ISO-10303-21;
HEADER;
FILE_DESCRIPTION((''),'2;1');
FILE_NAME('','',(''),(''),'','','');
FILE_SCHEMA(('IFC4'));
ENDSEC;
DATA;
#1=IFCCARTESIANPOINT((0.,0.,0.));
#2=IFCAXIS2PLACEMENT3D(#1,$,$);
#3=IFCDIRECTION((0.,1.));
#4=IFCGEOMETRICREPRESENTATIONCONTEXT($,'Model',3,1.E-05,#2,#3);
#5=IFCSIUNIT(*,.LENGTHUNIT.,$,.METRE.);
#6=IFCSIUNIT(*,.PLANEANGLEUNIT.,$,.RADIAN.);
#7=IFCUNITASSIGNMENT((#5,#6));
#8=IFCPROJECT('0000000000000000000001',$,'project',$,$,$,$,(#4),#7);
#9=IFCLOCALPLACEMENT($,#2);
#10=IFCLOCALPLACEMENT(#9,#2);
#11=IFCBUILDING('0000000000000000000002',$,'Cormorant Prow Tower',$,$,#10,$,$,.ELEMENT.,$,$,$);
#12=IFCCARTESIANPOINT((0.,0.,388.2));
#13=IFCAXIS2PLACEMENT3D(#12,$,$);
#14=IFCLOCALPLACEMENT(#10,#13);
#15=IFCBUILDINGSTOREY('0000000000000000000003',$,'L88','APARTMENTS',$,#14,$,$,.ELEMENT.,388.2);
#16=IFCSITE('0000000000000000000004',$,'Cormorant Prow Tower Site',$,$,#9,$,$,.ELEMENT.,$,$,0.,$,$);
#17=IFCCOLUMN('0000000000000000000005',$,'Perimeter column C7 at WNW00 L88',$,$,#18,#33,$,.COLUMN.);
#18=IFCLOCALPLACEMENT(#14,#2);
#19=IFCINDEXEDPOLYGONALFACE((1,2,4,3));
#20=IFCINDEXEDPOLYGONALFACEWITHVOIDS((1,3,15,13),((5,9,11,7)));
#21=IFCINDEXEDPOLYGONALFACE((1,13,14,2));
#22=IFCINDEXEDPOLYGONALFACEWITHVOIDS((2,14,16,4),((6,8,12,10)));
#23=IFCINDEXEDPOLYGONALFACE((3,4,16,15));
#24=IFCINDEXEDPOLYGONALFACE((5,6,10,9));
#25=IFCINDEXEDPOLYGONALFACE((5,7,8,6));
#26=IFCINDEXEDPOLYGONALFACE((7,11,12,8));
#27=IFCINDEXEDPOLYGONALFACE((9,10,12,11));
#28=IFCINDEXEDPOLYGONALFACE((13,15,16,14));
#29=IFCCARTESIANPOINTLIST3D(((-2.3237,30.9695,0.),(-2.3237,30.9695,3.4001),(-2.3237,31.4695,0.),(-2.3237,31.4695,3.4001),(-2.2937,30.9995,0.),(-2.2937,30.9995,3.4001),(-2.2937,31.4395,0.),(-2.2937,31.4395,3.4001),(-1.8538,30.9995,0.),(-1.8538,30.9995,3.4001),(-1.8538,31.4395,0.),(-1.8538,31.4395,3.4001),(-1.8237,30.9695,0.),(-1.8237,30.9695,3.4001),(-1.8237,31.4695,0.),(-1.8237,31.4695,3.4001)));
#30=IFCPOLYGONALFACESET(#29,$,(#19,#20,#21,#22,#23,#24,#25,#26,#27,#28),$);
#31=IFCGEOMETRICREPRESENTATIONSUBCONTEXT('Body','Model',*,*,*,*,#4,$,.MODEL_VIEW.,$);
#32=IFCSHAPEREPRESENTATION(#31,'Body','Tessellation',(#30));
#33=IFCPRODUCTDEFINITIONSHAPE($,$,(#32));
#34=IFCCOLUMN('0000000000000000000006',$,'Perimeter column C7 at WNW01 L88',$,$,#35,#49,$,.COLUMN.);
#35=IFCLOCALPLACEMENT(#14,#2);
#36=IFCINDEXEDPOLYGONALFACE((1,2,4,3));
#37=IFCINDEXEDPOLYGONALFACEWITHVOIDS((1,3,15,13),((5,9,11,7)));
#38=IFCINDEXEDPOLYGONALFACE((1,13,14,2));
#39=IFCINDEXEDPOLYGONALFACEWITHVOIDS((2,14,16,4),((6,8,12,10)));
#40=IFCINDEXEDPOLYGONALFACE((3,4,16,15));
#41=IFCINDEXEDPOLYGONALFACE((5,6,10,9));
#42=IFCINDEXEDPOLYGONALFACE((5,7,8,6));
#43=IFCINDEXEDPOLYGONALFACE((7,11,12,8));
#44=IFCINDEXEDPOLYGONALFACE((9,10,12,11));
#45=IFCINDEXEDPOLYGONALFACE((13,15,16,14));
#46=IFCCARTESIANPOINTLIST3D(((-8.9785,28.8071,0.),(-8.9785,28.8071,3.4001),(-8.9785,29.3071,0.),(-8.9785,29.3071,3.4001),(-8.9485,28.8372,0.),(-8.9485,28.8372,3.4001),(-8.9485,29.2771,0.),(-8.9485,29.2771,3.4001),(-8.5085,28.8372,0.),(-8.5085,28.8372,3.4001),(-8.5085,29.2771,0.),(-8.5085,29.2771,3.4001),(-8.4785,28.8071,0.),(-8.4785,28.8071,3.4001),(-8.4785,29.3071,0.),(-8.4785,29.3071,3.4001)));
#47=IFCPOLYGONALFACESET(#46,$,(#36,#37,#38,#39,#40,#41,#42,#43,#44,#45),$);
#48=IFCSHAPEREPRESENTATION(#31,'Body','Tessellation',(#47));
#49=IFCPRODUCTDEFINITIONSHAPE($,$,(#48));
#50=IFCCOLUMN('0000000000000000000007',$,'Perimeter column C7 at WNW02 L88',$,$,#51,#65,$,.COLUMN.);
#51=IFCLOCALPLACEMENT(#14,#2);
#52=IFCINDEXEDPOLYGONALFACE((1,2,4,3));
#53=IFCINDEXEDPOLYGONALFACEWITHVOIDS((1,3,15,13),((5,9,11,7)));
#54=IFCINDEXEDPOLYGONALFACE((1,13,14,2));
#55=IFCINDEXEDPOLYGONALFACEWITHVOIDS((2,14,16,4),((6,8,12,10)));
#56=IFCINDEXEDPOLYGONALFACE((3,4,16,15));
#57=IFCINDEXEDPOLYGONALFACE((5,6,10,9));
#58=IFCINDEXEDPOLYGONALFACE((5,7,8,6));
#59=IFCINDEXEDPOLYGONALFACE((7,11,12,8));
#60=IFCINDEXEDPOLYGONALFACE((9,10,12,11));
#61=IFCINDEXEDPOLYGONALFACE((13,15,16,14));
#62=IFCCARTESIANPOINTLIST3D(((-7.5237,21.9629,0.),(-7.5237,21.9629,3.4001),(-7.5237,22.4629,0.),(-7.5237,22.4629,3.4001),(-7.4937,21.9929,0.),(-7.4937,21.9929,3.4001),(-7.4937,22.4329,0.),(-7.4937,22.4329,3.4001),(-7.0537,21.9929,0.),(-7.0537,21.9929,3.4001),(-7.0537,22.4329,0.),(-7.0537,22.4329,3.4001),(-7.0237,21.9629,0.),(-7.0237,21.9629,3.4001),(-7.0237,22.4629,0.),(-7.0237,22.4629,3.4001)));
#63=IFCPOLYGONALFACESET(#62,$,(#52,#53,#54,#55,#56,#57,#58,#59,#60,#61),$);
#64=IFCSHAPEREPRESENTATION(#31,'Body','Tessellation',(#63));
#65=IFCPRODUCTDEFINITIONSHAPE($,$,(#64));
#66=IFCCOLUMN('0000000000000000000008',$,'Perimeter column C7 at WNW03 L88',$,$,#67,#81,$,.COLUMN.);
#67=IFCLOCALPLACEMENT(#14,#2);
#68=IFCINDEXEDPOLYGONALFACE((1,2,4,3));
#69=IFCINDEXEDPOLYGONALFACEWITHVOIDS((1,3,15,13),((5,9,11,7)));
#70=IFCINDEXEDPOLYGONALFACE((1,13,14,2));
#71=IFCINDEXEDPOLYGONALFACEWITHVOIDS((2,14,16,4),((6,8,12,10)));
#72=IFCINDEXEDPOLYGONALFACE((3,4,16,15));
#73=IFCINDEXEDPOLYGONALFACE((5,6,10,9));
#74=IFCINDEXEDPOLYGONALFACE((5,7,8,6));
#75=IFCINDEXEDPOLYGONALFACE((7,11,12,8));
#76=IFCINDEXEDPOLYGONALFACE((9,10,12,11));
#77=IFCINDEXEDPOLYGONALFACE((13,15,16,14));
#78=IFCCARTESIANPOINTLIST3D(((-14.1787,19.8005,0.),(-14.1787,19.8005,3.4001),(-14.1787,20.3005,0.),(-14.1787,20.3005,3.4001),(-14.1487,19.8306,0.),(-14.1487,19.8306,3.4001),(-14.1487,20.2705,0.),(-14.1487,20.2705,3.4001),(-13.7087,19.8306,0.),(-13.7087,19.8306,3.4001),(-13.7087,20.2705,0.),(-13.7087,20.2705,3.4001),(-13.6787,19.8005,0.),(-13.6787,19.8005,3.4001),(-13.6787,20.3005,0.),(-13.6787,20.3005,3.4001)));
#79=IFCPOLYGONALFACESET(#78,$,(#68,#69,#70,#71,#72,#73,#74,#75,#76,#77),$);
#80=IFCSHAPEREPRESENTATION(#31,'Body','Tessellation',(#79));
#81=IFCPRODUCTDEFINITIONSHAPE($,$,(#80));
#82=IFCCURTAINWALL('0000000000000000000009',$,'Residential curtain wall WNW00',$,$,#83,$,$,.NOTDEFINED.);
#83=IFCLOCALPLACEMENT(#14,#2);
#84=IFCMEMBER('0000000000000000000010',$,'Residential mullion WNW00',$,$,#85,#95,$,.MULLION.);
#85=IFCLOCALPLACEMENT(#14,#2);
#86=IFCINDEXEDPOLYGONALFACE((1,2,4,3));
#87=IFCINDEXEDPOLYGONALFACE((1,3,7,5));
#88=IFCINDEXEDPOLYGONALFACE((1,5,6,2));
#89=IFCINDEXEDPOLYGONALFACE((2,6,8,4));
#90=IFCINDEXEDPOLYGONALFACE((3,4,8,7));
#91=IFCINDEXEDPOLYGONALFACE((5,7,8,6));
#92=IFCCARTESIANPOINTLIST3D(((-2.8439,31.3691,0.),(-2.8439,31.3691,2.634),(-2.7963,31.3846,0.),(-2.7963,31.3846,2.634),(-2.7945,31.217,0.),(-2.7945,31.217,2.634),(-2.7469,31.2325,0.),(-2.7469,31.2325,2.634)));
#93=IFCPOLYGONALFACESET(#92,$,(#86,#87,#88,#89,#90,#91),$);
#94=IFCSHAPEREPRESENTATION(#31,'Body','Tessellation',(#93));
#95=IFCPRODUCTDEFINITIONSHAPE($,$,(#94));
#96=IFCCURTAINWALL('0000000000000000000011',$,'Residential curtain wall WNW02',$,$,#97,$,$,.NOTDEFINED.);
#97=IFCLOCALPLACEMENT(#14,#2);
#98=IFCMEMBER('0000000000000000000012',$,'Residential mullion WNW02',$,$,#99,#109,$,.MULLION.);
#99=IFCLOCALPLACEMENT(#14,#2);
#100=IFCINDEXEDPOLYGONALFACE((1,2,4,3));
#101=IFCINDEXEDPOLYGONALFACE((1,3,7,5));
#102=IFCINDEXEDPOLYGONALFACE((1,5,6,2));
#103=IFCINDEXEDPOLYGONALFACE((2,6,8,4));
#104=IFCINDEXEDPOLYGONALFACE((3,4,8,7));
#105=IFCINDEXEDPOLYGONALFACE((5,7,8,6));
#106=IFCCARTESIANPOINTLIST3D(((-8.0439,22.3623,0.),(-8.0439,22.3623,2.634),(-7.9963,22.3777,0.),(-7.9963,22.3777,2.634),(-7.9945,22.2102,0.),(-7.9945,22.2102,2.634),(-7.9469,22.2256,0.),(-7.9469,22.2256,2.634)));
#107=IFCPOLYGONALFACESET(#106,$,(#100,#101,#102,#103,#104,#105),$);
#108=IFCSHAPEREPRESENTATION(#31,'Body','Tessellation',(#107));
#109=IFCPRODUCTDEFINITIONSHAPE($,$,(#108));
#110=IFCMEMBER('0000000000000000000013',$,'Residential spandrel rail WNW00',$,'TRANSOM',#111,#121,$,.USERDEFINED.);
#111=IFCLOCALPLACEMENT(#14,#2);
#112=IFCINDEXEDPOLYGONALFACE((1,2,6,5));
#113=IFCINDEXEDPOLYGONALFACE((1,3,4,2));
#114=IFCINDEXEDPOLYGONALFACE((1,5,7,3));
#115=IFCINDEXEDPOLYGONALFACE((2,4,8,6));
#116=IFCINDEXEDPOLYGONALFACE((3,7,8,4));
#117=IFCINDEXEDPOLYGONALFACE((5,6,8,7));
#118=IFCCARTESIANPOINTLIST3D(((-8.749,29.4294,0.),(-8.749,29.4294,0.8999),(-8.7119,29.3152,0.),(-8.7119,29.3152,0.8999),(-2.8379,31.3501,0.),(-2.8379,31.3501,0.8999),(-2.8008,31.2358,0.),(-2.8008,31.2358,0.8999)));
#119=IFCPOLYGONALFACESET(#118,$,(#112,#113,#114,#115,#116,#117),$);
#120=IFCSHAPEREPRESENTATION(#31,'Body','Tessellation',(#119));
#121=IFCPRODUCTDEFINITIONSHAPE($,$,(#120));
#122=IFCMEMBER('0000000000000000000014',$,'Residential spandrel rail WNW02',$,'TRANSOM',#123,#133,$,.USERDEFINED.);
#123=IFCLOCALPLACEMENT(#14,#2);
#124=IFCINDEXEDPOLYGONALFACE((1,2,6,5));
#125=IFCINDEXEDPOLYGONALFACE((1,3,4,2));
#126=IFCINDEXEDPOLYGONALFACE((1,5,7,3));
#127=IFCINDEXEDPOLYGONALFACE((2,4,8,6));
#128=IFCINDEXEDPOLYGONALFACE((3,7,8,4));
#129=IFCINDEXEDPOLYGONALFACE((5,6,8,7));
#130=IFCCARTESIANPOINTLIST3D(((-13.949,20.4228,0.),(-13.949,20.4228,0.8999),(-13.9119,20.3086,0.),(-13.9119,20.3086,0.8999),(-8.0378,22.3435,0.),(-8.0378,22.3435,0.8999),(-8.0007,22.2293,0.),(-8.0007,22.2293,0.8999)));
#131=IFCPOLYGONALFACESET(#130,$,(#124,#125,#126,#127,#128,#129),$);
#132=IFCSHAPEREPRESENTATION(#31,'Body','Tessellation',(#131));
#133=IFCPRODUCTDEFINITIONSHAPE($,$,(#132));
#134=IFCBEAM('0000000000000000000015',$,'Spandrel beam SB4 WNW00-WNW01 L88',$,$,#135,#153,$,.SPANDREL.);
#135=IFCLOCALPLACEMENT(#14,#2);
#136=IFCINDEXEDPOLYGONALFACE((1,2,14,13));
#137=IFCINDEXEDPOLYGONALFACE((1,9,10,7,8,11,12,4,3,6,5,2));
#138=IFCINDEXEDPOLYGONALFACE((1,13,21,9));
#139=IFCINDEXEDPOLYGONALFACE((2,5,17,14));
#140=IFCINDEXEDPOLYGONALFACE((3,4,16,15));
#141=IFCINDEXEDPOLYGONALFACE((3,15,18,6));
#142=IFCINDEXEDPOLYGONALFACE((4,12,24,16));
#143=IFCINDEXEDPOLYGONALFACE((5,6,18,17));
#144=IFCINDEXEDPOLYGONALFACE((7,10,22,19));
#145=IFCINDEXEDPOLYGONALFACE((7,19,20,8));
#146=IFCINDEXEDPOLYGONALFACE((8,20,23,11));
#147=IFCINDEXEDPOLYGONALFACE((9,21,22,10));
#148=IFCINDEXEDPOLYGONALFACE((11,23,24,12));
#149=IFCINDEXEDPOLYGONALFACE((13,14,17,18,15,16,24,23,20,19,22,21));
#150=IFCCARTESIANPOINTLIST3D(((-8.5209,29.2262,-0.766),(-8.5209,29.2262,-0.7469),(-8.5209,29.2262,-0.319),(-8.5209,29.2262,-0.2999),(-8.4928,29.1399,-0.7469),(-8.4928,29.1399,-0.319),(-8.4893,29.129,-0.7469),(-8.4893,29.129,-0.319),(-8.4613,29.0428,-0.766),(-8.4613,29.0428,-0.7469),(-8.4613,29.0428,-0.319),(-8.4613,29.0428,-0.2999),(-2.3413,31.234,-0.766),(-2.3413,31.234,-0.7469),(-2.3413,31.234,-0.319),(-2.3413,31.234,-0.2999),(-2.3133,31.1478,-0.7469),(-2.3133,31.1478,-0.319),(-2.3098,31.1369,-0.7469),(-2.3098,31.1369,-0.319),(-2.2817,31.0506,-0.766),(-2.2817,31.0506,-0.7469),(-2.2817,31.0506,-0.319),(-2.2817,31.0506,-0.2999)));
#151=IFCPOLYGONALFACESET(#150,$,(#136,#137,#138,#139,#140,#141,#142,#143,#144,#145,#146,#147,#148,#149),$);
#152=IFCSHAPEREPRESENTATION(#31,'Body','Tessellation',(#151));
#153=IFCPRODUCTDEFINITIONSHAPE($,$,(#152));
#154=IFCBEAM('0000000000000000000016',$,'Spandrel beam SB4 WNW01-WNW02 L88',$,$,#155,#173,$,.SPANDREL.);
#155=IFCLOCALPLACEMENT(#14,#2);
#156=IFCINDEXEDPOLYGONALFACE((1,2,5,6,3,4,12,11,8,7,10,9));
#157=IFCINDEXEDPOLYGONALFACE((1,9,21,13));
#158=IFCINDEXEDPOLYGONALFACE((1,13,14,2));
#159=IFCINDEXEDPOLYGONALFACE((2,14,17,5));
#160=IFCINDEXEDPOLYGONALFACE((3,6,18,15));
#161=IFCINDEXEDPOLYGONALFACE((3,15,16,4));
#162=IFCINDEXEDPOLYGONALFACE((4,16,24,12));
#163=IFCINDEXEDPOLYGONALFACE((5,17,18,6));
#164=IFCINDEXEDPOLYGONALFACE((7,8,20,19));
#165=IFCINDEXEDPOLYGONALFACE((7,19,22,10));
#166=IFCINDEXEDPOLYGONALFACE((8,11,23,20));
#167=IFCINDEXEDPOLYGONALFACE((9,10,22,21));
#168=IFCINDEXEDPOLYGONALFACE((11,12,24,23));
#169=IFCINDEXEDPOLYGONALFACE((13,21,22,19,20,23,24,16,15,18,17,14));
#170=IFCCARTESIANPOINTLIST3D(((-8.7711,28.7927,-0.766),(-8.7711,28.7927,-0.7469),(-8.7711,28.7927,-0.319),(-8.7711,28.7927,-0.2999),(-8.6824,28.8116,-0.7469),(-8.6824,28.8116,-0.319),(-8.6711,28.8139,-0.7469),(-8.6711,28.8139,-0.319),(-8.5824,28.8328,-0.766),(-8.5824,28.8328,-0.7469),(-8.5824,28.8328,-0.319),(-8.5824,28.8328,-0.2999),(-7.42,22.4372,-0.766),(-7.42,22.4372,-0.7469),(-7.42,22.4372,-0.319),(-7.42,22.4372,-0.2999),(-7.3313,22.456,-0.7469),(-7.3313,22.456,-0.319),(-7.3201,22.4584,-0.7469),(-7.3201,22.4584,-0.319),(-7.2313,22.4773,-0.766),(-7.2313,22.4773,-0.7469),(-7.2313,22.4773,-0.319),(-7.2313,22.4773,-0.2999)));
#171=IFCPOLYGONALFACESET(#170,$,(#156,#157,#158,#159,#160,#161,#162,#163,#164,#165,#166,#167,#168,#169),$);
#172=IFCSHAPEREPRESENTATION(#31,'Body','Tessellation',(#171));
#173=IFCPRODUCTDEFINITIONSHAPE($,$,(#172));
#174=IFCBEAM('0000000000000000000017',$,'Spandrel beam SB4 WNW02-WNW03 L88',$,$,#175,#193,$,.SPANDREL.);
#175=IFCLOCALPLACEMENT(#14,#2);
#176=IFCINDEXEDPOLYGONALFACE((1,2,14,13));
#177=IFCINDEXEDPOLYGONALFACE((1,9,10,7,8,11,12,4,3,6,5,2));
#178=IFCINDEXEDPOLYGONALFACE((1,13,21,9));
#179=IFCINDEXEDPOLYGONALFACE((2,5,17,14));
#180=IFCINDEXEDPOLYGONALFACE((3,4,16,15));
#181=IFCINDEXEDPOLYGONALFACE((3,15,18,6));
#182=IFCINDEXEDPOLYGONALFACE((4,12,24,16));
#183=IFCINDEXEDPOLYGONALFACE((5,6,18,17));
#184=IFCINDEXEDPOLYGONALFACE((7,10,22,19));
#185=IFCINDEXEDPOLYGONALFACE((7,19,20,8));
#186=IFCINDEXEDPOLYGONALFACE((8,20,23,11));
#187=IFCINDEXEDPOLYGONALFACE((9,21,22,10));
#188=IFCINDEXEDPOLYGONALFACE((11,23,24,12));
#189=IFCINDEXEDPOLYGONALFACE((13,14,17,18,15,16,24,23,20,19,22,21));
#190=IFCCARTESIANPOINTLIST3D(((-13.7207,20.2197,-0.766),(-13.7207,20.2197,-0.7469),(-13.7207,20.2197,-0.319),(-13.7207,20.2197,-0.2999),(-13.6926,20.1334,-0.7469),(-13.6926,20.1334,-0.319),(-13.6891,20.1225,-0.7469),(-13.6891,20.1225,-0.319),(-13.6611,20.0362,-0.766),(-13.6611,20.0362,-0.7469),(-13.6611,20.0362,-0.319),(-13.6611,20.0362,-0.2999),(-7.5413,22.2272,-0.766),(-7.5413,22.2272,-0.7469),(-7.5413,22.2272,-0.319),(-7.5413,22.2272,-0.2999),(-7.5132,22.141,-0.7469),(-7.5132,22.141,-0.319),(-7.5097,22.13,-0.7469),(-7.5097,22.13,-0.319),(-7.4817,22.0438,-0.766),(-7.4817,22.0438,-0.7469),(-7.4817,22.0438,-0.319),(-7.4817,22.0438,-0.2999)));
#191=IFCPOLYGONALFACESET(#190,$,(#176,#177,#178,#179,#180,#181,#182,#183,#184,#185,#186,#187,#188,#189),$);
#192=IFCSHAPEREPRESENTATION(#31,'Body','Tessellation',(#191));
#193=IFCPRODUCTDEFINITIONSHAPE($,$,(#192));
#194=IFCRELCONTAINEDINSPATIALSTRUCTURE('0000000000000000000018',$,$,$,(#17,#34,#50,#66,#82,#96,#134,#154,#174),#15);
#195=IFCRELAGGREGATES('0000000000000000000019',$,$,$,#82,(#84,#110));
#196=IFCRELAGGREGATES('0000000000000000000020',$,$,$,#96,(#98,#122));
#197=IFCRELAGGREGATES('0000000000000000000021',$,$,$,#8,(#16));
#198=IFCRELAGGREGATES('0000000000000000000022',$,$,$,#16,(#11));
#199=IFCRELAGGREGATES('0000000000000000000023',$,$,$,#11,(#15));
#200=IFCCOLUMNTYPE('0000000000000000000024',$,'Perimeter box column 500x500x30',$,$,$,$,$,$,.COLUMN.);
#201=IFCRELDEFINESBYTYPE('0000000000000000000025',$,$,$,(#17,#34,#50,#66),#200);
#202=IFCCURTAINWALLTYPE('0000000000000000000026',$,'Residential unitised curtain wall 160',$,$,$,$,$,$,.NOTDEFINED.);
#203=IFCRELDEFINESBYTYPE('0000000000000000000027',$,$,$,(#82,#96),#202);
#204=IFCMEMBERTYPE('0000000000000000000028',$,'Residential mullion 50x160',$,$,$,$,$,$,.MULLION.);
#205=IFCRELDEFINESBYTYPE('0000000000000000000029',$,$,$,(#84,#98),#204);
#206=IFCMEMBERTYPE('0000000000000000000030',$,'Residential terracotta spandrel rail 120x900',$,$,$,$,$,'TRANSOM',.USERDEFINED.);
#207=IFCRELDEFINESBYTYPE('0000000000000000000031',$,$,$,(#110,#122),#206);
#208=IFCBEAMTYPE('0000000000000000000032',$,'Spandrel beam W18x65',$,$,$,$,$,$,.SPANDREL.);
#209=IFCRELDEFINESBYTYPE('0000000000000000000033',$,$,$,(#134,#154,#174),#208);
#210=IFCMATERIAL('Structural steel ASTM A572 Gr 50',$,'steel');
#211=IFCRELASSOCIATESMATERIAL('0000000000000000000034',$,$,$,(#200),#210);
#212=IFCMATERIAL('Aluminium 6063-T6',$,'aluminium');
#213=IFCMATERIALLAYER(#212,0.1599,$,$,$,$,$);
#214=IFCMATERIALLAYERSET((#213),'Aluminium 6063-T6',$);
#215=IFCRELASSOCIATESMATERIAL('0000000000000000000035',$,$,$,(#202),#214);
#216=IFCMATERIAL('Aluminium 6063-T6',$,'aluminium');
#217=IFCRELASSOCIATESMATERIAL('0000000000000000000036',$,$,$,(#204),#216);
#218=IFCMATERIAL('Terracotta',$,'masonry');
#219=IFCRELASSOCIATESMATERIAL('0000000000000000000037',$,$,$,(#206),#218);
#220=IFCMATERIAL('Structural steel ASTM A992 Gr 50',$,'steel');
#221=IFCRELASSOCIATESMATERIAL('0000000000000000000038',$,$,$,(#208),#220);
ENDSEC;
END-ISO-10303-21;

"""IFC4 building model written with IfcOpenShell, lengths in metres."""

from ifc_helpers import new_model, si_unit, direction, frame, origin, origin_2d, place, context, subcontext, project, spatial, rectangle, hollow_rectangle, i_section, extrude, material, layer, layer_set, material_profile, profile_set, type_object, element, aggregate, save


model = new_model("IFC4")

# Units and contexts
model_context = context("Model", 3, precision=1e-05, world=origin(), true_north=direction((0.0, 1.0)))
body_context = subcontext(model_context, "Body", "Model", "MODEL_VIEW")
ifc_project = project(units=[si_unit("LENGTHUNIT", "METRE"), si_unit("PLANEANGLEUNIT", "RADIAN")], contexts=[model_context])

# Site, building, storey
site_placement = place(None, origin())
site = spatial("IfcSite", under=ifc_project, at=site_placement, Name="Cormorant Prow Tower Site", CompositionType="ELEMENT", RefElevation=0.0)
building_placement = place(site_placement, origin())
building = spatial("IfcBuilding", under=site, at=building_placement, Name="Cormorant Prow Tower", CompositionType="ELEMENT")
storey_placement = place(building_placement, frame((0.0, 0.0, 388.2)))
storey = spatial("IfcBuildingStorey", under=building, at=storey_placement, Name="L88", Description="APARTMENTS", CompositionType="ELEMENT", Elevation=388.2)

# Columns
ifc_material_1 = material(Name="Structural steel ASTM A572 Gr 50", Category="steel")
ifc_material_profile_1 = material_profile(ifc_material_1, hollow_rectangle(XDim=0.5, YDim=0.5, WallThickness=0.03, at=origin_2d()), Name="Box 500x500x30")
ifc_profile_set_1 = profile_set([ifc_material_profile_1], Name="Structural steel ASTM A572 Gr 50")
column_type = type_object("IfcColumnType", Name="Perimeter box column 500x500x30", PredefinedType="COLUMN", material=ifc_profile_set_1)
for number, where, z_axis, x_axis, name in (
    (1, (-2.0737, 31.2195, 0.0), (0.0, 0.0, 1.0), (1.0, 0.0, 0.0), "Perimeter column C7 at WNW00 L88"),
    (2, (-8.7285, 29.0571, 0.0), (0.0, 0.0, 1.0), (1.0, 0.0, 0.0), "Perimeter column C7 at WNW01 L88"),
    (3, (-7.2737, 22.2129, 0.0), (0.0, 0.0, 1.0), (1.0, 0.0, 0.0), "Perimeter column C7 at WNW02 L88"),
    (4, (-13.9287, 20.0505, 0.0), (0.0, 0.0, 1.0), (1.0, 0.0, 0.0), "Perimeter column C7 at WNW03 L88"),
):
    element("IfcColumn", number, at=place(storey_placement, frame(where, z_axis=z_axis, x_axis=x_axis)), inside=storey, type_object=column_type, Name=name, PredefinedType="COLUMN", context=body_context, shape_type="SweptSolid", body=[
        extrude(hollow_rectangle(XDim=0.5, YDim=0.5, WallThickness=0.03, at=origin_2d()), origin(), (0.0, 0.0, 1.0), 3.4001),
    ])

# Curtain walls, members
ifc_material_2 = material(Name="Aluminium 6063-T6", Category="aluminium")
ifc_layer_1 = layer(ifc_material_2, 0.1599)
ifc_layer_set_1 = layer_set([ifc_layer_1], Name="Aluminium 6063-T6")
curtain_wall_type = type_object("IfcCurtainWallType", Name="Residential unitised curtain wall 160", PredefinedType="NOTDEFINED", material=ifc_layer_set_1)
curtain_wall_1_placement = place(storey_placement, origin())
curtain_wall_1 = element("IfcCurtainWall", 5, at=curtain_wall_1_placement, inside=storey, type_object=curtain_wall_type, Name="Residential curtain wall WNW00", PredefinedType="NOTDEFINED")
ifc_material_3 = material(Name="Aluminium 6063-T6", Category="aluminium")
ifc_material_profile_2 = material_profile(ifc_material_3, rectangle(XDim=0.1599, YDim=0.05, at=origin_2d()), Name="Residential mullion 50x160")
ifc_profile_set_2 = profile_set([ifc_material_profile_2], Name="Aluminium 6063-T6")
member_type_1 = type_object("IfcMemberType", Name="Residential mullion 50x160", PredefinedType="MULLION", material=ifc_profile_set_2)
member_1_placement = place(storey_placement, frame((-2.7954, 31.3008, 0.0), z_axis=(0.0, 0.0, 1.0), x_axis=(0.309017, -0.951057, 0.0)))
member_1 = element("IfcMember", 6, at=member_1_placement, type_object=member_type_1, Name="Residential mullion WNW00", PredefinedType="MULLION", context=body_context, shape_type="SweptSolid", body=[
    extrude(rectangle(XDim=0.1599, YDim=0.05, at=origin_2d()), origin(), (0.0, 0.0, 1.0), 2.634),
])
curtain_wall_2_placement = place(storey_placement, origin())
curtain_wall_2 = element("IfcCurtainWall", 7, at=curtain_wall_2_placement, inside=storey, type_object=curtain_wall_type, Name="Residential curtain wall WNW02", PredefinedType="NOTDEFINED")
member_2_placement = place(storey_placement, frame((-7.9954, 22.2939, 0.0), z_axis=(0.0, 0.0, 1.0), x_axis=(0.309017, -0.951057, 0.0)))
member_2 = element("IfcMember", 8, at=member_2_placement, type_object=member_type_1, Name="Residential mullion WNW02", PredefinedType="MULLION", context=body_context, shape_type="SweptSolid", body=[
    extrude(rectangle(XDim=0.1599, YDim=0.05, at=origin_2d()), origin(), (0.0, 0.0, 1.0), 2.634),
])

# Members
ifc_material_4 = material(Name="Terracotta", Category="masonry")
ifc_material_profile_3 = material_profile(ifc_material_4, rectangle(XDim=0.1201, YDim=0.8999, at=origin_2d()), Name="Residential terracotta spandrel rail 120x900")
ifc_profile_set_3 = profile_set([ifc_material_profile_3], Name="Terracotta")
member_type_2 = type_object("IfcMemberType", Name="Residential terracotta spandrel rail 120x900", ElementType="TRANSOM", PredefinedType="USERDEFINED", material=ifc_profile_set_3)
member_3_placement = place(storey_placement, frame((-2.8193, 31.293, 0.45), z_axis=(-0.951056, -0.309019, 0.0), x_axis=(0.309019, -0.951056, 0.0)))
member_3 = element("IfcMember", 9, at=member_3_placement, type_object=member_type_2, Name="Residential spandrel rail WNW00", ObjectType="TRANSOM", PredefinedType="USERDEFINED", context=body_context, shape_type="SweptSolid", body=[
    extrude(rectangle(XDim=0.1201, YDim=0.8999, at=origin_2d()), origin(), (0.0, 0.0, 1.0), 6.2153),
])
member_4_placement = place(storey_placement, frame((-8.0193, 22.2864, 0.45), z_axis=(-0.951056, -0.309019, 0.0), x_axis=(0.309019, -0.951056, 0.0)))
member_4 = element("IfcMember", 10, at=member_4_placement, type_object=member_type_2, Name="Residential spandrel rail WNW02", ObjectType="TRANSOM", PredefinedType="USERDEFINED", context=body_context, shape_type="SweptSolid", body=[
    extrude(rectangle(XDim=0.1201, YDim=0.8999, at=origin_2d()), origin(), (0.0, 0.0, 1.0), 6.2153),
])

# Beams
ifc_material_5 = material(Name="Structural steel ASTM A992 Gr 50", Category="steel")
ifc_material_profile_4 = material_profile(ifc_material_5, i_section(OverallWidth=0.1929, OverallDepth=0.4661, WebThickness=0.0115, FlangeThickness=0.019, at=origin_2d()), Name="W18x65")
ifc_profile_set_4 = profile_set([ifc_material_profile_4], Name="Structural steel ASTM A992 Gr 50")
beam_type = type_object("IfcBeamType", Name="Spandrel beam W18x65", PredefinedType="SPANDREL", material=ifc_profile_set_4)
for number, where, z_axis, x_axis, name in (
    (11, (-2.3115, 31.1423, -0.533), (-0.951057, -0.309016, 0.0), (0.309016, -0.951057, 0.0), "Spandrel beam SB4 WNW00-WNW01 L88"),
    (12, (-8.6768, 28.8127, -0.533), (0.207938, -0.978142, 0.0), (0.978142, 0.207938, 0.0), "Spandrel beam SB4 WNW01-WNW02 L88"),
):
    element("IfcBeam", number, at=place(storey_placement, frame(where, z_axis=z_axis, x_axis=x_axis)), inside=storey, type_object=beam_type, Name=name, PredefinedType="SPANDREL", context=body_context, shape_type="SweptSolid", body=[
        extrude(i_section(OverallWidth=0.1929, OverallDepth=0.4661, WebThickness=0.0115, FlangeThickness=0.019, at=origin_2d()), origin(), (0.0, 0.0, 1.0), 6.4976),
    ])
beam_placement = place(storey_placement, frame((-7.5115, 22.1355, -0.533), z_axis=(-0.951068, -0.308982, 0.0), x_axis=(0.308982, -0.951068, 0.0)))
element("IfcBeam", 13, at=beam_placement, inside=storey, type_object=beam_type, Name="Spandrel beam SB4 WNW02-WNW03 L88", PredefinedType="SPANDREL", context=body_context, shape_type="SweptSolid", body=[
    extrude(i_section(OverallWidth=0.1929, OverallDepth=0.4661, WebThickness=0.0115, FlangeThickness=0.019, at=origin_2d()), origin(), (0.0, 0.0, 1.0), 6.4973),
])

aggregate(curtain_wall_1, [member_1, member_3])
aggregate(curtain_wall_2, [member_2, member_4])

save(model, "model.ifc")
